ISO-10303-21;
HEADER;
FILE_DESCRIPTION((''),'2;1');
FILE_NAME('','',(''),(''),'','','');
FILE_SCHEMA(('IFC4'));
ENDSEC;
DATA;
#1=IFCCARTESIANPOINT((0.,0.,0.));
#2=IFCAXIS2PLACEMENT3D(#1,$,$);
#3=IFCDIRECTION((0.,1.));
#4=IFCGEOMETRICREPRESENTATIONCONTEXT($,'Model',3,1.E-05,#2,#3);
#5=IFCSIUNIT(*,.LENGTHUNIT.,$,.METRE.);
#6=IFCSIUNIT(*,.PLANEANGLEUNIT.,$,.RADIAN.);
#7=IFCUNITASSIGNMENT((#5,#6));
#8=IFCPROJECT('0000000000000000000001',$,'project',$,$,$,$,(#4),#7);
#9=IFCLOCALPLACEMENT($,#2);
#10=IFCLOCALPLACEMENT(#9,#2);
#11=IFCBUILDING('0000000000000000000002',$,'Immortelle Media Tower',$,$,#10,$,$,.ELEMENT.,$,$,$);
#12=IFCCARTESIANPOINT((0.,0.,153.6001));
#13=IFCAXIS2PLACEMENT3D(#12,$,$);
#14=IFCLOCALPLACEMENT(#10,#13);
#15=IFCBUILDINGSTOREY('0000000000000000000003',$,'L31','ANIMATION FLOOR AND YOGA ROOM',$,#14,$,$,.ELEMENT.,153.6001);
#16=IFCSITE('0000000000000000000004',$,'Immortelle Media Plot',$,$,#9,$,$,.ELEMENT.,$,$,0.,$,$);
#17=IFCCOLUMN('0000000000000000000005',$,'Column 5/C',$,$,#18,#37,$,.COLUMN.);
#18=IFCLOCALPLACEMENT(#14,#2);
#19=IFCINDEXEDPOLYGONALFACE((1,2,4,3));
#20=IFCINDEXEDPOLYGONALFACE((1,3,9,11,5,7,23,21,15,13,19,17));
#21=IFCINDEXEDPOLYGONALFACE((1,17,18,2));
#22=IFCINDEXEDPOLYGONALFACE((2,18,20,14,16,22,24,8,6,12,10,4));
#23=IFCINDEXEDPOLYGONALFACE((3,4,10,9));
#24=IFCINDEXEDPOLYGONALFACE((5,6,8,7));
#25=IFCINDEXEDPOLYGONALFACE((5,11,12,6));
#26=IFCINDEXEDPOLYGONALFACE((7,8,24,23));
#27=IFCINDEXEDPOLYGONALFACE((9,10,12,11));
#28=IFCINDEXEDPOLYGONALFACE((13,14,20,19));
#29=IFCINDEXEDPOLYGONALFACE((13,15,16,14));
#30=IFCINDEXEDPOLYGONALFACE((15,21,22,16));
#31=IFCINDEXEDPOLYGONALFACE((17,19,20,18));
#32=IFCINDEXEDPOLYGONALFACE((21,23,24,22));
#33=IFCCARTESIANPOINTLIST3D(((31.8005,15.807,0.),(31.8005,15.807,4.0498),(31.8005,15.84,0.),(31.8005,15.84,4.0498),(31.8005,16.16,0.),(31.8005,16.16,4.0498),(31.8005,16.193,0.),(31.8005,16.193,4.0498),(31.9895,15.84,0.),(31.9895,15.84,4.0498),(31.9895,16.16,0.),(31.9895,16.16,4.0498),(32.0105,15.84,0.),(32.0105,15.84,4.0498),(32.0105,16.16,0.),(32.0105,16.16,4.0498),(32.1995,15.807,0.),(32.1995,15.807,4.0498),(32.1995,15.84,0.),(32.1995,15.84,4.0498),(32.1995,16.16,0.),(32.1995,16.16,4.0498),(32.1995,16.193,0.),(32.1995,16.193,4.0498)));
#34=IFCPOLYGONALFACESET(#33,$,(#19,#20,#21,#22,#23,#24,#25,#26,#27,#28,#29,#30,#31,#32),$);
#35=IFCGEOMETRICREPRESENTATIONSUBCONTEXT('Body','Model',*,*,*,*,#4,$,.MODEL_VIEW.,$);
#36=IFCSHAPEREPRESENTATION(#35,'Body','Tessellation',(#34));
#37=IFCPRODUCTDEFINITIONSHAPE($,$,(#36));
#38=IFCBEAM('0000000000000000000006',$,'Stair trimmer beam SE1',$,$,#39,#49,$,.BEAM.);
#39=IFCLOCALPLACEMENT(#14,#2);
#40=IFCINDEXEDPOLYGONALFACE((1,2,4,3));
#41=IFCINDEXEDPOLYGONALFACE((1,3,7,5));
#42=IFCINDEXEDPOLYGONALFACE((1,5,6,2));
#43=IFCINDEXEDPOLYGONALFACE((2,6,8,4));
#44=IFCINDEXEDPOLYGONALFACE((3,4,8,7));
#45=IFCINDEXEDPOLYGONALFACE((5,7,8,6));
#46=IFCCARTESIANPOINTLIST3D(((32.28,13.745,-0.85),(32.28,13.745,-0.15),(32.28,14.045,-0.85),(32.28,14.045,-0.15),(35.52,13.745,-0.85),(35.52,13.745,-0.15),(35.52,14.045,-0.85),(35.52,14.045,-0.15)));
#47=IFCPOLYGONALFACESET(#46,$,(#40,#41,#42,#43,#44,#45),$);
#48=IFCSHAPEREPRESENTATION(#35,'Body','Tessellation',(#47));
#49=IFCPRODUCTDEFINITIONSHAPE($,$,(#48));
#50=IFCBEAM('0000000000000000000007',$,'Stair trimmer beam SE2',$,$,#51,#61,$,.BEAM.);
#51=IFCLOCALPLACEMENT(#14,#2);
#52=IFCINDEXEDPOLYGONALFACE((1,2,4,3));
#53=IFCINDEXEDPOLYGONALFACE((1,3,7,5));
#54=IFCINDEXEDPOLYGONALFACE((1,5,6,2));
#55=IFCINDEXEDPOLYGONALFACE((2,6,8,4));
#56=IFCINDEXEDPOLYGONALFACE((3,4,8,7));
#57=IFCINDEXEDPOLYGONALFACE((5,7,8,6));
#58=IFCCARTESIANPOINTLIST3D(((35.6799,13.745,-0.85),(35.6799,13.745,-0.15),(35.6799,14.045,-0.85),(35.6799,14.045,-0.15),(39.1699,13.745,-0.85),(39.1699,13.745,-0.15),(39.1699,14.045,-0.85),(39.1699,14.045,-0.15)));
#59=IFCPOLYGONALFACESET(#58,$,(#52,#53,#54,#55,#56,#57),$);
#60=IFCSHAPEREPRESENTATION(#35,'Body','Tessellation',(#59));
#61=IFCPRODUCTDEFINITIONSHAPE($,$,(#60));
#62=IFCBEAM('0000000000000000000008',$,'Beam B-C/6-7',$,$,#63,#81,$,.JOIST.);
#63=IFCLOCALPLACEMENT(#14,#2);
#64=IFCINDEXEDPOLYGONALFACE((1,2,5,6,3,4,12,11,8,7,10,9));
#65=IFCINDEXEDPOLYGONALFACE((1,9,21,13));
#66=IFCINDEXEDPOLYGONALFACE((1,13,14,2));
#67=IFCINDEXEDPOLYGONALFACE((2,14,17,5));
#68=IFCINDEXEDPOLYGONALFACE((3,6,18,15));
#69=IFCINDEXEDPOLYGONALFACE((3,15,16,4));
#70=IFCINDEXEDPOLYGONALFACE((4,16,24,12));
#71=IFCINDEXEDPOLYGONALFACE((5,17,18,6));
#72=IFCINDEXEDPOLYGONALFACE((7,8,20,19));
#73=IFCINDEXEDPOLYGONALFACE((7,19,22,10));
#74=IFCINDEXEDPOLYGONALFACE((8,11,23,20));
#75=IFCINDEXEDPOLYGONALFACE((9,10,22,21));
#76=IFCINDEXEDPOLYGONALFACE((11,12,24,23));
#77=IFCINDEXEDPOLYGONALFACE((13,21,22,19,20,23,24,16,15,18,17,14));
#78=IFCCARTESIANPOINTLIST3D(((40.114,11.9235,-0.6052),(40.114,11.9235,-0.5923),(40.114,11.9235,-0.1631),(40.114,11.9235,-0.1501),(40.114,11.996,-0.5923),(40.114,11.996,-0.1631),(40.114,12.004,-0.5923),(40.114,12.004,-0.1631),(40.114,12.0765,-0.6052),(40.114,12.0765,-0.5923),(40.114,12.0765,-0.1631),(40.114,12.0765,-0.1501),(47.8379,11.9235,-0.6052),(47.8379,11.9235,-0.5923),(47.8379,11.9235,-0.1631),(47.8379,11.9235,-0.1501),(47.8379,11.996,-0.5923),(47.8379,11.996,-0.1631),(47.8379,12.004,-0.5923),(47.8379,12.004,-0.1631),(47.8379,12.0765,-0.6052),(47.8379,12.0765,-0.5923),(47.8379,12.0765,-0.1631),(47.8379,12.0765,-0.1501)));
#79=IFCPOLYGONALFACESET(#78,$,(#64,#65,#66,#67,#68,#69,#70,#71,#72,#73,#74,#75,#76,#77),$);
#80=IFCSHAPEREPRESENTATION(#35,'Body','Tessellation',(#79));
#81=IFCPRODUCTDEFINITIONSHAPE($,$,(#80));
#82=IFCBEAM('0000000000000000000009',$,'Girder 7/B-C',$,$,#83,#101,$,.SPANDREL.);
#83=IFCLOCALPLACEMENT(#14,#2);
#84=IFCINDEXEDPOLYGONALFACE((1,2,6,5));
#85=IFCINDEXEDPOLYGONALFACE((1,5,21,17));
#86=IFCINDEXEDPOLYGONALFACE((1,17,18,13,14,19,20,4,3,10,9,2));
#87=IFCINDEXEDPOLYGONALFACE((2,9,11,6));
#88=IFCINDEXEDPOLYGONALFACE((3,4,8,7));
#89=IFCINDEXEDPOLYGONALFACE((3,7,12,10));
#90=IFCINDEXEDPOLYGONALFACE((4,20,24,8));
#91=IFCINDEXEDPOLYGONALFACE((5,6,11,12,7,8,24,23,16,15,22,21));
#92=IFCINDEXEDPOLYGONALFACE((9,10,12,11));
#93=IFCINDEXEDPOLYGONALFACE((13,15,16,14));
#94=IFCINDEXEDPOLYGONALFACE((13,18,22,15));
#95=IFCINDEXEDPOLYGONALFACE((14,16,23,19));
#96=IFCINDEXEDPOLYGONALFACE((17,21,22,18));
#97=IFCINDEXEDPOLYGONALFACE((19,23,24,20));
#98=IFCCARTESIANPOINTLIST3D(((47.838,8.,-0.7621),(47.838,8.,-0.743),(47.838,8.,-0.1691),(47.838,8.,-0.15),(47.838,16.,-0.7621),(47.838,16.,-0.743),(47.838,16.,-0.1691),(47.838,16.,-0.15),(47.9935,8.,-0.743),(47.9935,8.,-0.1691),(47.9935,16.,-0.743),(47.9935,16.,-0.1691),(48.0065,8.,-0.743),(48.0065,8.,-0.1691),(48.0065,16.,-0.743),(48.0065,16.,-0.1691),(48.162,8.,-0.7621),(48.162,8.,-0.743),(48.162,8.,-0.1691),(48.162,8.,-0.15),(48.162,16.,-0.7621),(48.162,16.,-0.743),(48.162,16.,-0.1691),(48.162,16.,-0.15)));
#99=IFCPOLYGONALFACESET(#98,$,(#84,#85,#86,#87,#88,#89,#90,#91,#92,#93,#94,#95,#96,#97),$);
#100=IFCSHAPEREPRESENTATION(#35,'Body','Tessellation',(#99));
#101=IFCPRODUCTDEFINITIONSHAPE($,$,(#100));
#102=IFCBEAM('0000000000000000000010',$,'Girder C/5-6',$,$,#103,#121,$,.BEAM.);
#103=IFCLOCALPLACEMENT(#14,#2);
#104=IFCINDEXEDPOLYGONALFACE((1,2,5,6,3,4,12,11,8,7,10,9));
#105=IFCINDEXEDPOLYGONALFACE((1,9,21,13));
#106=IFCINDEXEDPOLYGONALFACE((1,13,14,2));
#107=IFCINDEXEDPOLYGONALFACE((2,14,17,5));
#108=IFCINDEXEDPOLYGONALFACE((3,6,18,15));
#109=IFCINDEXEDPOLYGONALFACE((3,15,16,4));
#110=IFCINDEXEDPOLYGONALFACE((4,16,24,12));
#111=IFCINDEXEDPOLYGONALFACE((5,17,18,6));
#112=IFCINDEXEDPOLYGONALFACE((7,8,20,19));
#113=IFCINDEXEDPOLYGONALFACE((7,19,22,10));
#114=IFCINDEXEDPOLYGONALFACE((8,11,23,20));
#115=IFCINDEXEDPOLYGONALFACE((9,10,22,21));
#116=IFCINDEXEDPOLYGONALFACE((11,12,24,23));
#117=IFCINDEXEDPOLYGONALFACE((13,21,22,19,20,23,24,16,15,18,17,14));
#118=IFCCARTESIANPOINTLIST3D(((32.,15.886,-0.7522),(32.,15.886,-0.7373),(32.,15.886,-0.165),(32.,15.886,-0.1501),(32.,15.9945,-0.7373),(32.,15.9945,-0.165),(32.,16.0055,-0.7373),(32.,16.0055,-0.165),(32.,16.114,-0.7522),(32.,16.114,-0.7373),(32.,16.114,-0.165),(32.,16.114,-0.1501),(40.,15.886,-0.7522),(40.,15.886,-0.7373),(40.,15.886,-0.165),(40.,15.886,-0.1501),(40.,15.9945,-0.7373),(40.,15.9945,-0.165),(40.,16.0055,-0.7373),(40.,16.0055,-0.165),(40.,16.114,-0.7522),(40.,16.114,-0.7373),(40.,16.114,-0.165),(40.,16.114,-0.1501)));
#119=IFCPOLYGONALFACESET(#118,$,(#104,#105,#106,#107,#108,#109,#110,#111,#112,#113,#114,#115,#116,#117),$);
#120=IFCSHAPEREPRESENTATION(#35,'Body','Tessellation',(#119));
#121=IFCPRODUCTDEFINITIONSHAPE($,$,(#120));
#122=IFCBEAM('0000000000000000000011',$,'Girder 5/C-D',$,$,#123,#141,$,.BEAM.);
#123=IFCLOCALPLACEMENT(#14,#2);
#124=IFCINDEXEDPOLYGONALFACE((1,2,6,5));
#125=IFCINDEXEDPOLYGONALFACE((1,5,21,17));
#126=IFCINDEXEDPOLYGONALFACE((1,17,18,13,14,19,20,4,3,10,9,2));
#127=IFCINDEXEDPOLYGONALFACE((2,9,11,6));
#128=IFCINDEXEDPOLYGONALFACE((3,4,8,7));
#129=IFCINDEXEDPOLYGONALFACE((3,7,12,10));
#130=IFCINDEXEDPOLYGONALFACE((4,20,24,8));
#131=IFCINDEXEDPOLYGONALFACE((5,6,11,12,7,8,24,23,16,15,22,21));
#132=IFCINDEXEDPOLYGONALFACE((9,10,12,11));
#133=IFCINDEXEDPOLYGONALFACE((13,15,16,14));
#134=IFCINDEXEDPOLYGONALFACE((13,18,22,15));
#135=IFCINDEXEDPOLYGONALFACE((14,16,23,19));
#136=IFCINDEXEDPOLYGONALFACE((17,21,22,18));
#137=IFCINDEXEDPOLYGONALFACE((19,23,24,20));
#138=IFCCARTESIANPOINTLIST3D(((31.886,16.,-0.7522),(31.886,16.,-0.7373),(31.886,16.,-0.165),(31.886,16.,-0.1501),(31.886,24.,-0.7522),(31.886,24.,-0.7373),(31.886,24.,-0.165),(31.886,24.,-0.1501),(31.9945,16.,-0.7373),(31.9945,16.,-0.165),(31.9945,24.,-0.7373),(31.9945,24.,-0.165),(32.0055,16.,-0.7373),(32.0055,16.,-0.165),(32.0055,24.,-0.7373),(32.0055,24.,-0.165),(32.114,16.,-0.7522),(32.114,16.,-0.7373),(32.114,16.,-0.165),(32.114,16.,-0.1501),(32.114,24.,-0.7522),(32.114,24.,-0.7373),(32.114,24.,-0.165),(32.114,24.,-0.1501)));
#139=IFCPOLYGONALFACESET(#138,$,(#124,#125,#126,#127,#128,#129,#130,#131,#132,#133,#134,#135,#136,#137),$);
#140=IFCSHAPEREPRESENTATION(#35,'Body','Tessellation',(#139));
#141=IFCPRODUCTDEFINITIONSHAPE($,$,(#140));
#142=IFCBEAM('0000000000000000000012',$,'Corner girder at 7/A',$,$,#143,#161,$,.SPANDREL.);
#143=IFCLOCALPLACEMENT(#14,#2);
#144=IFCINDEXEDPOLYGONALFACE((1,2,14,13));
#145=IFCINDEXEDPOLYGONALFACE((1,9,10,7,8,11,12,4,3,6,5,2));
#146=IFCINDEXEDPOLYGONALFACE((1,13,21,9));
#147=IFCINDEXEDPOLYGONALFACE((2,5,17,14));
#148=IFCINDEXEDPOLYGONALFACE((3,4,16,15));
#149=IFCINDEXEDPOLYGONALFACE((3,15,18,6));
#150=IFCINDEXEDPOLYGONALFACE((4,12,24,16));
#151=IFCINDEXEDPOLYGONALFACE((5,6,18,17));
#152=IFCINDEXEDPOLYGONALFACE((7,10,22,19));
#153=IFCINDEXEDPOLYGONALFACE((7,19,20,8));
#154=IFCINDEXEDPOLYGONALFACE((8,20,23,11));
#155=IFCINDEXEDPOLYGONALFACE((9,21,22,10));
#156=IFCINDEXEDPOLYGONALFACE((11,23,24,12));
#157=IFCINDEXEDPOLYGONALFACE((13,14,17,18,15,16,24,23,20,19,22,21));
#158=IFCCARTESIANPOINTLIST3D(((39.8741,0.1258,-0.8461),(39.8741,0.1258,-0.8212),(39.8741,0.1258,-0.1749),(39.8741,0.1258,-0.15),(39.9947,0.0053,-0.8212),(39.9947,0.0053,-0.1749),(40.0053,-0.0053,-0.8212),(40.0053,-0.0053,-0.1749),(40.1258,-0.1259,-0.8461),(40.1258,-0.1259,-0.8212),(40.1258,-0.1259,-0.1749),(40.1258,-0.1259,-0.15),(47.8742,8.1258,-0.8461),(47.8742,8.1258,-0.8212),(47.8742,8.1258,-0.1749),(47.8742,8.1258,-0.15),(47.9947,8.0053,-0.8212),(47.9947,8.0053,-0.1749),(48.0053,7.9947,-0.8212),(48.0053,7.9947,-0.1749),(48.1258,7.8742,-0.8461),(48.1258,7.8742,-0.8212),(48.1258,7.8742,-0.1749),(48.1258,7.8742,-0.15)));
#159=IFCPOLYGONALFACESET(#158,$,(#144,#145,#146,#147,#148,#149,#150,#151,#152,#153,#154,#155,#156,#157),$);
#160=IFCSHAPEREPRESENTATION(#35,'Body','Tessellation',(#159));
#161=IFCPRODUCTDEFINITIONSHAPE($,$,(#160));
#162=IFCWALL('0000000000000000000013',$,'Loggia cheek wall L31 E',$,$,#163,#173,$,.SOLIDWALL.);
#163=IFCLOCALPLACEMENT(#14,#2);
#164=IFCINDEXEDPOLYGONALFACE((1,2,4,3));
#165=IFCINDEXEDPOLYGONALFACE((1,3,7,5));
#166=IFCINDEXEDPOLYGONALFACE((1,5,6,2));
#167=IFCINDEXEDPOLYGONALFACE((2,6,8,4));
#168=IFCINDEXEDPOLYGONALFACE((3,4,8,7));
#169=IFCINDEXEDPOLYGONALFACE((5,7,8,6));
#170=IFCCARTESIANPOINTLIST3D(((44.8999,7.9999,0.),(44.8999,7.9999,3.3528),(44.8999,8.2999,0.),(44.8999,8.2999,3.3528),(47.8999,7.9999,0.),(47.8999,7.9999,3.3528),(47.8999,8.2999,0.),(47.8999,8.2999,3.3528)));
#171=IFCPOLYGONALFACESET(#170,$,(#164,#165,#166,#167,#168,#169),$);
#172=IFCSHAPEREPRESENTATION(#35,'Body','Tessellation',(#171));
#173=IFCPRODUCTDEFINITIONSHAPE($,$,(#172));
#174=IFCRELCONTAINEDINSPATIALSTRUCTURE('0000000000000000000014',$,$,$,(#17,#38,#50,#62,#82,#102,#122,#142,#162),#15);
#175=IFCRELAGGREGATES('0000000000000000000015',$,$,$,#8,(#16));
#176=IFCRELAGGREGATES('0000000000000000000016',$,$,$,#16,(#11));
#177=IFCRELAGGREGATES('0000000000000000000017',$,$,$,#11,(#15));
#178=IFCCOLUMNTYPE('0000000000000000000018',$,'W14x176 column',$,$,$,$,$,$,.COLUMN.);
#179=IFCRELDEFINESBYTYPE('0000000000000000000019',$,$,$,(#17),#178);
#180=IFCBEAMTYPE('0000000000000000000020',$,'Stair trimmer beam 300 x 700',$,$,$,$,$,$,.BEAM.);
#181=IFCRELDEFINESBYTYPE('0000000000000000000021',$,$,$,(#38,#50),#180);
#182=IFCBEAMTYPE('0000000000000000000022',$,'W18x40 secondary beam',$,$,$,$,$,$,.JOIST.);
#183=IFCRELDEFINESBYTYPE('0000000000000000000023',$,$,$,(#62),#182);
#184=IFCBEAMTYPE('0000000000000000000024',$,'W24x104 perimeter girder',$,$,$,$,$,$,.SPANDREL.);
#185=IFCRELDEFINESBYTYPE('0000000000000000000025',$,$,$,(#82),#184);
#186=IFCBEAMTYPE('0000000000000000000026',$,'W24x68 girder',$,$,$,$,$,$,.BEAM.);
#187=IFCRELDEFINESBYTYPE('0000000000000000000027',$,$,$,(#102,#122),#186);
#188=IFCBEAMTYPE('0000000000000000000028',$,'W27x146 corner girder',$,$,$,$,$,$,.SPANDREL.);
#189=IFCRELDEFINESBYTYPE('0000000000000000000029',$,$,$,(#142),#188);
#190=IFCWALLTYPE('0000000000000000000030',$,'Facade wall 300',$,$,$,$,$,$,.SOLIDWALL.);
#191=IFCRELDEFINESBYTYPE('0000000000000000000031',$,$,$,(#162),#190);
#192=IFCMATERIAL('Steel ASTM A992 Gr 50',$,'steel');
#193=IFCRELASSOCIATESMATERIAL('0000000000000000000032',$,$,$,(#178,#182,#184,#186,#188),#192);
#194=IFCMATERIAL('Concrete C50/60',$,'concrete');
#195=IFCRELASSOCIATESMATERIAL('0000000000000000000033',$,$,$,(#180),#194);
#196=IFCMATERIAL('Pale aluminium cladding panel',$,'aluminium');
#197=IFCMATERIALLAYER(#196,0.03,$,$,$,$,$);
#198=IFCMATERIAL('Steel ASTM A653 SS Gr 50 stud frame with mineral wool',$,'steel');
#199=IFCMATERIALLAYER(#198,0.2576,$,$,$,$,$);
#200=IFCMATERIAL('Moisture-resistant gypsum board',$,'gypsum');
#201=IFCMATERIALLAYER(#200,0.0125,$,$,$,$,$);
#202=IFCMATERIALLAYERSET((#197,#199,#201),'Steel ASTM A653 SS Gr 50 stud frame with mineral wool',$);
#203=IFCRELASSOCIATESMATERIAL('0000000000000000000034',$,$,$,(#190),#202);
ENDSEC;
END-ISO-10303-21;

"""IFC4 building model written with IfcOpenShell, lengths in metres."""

from ifc_helpers import new_model, si_unit, direction, frame, frame_2d, origin, origin_2d, place, context, subcontext, project, spatial, rectangle, i_section, extrude, material, layer, layer_set, material_profile, profile_set, type_object, element, save


model = new_model("IFC4")

# Units and contexts
model_context = context("Model", 3, precision=1e-05, world=origin(), true_north=direction((0.0, 1.0)))
body_context = subcontext(model_context, "Body", "Model", "MODEL_VIEW")
ifc_project = project(units=[si_unit("LENGTHUNIT", "METRE"), si_unit("PLANEANGLEUNIT", "RADIAN")], contexts=[model_context])

# Site, building, storey
site_placement = place(None, origin())
site = spatial("IfcSite", under=ifc_project, at=site_placement, Name="Immortelle Media Plot", CompositionType="ELEMENT", RefElevation=0.0)
building_placement = place(site_placement, origin())
building = spatial("IfcBuilding", under=site, at=building_placement, Name="Immortelle Media Tower", CompositionType="ELEMENT")
storey_placement = place(building_placement, frame((0.0, 0.0, 153.6001)))
storey = spatial("IfcBuildingStorey", under=building, at=storey_placement, Name="L31", Description="ANIMATION FLOOR AND YOGA ROOM", CompositionType="ELEMENT", Elevation=153.6001)

# Column
ifc_material_1 = material(Name="Steel ASTM A992 Gr 50", Category="steel")
ifc_material_profile_1 = material_profile(ifc_material_1, i_section(OverallWidth=0.3989, OverallDepth=0.386, WebThickness=0.021, FlangeThickness=0.033, at=origin_2d()), Name="W14x176")
ifc_profile_set_1 = profile_set([ifc_material_profile_1], Name="Steel ASTM A992 Gr 50")
column_type = type_object("IfcColumnType", Name="W14x176 column", PredefinedType="COLUMN", material=ifc_profile_set_1)
column_placement = place(storey_placement, frame((32.0, 16.0, 0.0), z_axis=(0.0, 0.0, 1.0), x_axis=(1.0, 0.0, 0.0)))
element("IfcColumn", 1, at=column_placement, inside=storey, type_object=column_type, Name="Column 5/C", PredefinedType="COLUMN", context=body_context, shape_type="SweptSolid", body=[
    extrude(i_section(OverallWidth=0.3989, OverallDepth=0.386, WebThickness=0.021, FlangeThickness=0.033, at=origin_2d()), origin(), (0.0, 0.0, 1.0), 4.0498),
])

# Beams
ifc_material_2 = material(Name="Concrete C50/60", Category="concrete")
ifc_material_profile_2 = material_profile(ifc_material_2, rectangle(XDim=0.3, YDim=0.7, at=origin_2d()), Name="RC 300x700")
ifc_profile_set_2 = profile_set([ifc_material_profile_2], Name="Concrete C50/60")
beam_type_1 = type_object("IfcBeamType", Name="Stair trimmer beam 300 x 700", PredefinedType="BEAM", material=ifc_profile_set_2)
beam_1_placement = place(storey_placement, frame((32.28, 13.895, -0.5), z_axis=(1.0, 0.0, 0.0), x_axis=(0.0, 1.0, 0.0)))
element("IfcBeam", 2, at=beam_1_placement, inside=storey, type_object=beam_type_1, Name="Stair trimmer beam SE1", PredefinedType="BEAM", context=body_context, shape_type="SweptSolid", body=[
    extrude(rectangle(XDim=0.3, YDim=0.7, at=origin_2d()), origin(), (0.0, 0.0, 1.0), 3.24),
])
beam_2_placement = place(storey_placement, frame((35.6799, 13.895, -0.5), z_axis=(1.0, 0.0, 0.0), x_axis=(0.0, 1.0, 0.0)))
element("IfcBeam", 3, at=beam_2_placement, inside=storey, type_object=beam_type_1, Name="Stair trimmer beam SE2", PredefinedType="BEAM", context=body_context, shape_type="SweptSolid", body=[
    extrude(rectangle(XDim=0.3, YDim=0.7, at=origin_2d()), origin(), (0.0, 0.0, 1.0), 3.49),
])
ifc_material_profile_3 = material_profile(ifc_material_1, i_section(OverallWidth=0.1531, OverallDepth=0.4551, WebThickness=0.0081, FlangeThickness=0.0129, at=origin_2d()), Name="W18x40")
ifc_profile_set_3 = profile_set([ifc_material_profile_3], Name="Steel ASTM A992 Gr 50")
beam_type_2 = type_object("IfcBeamType", Name="W18x40 secondary beam", PredefinedType="JOIST", material=ifc_profile_set_3)
beam_3_placement = place(storey_placement, frame((40.114, 12.0, -0.3777), z_axis=(1.0, 0.0, 0.0), x_axis=(0.0, 1.0, 0.0)))
element("IfcBeam", 4, at=beam_3_placement, inside=storey, type_object=beam_type_2, Name="Beam B-C/6-7", PredefinedType="JOIST", context=body_context, shape_type="SweptSolid", body=[
    extrude(i_section(OverallWidth=0.1531, OverallDepth=0.4551, WebThickness=0.0081, FlangeThickness=0.0129, at=origin_2d()), origin(), (0.0, 0.0, 1.0), 7.7239),
])
ifc_material_profile_4 = material_profile(ifc_material_1, i_section(OverallWidth=0.324, OverallDepth=0.6121, WebThickness=0.0129, FlangeThickness=0.019, at=origin_2d()), Name="W24x104")
ifc_profile_set_4 = profile_set([ifc_material_profile_4], Name="Steel ASTM A992 Gr 50")
beam_type_3 = type_object("IfcBeamType", Name="W24x104 perimeter girder", PredefinedType="SPANDREL", material=ifc_profile_set_4)
beam_4_placement = place(storey_placement, frame((48.0, 8.0, -0.4561), z_axis=(0.0, 1.0, 0.0), x_axis=(-1.0, 0.0, 0.0)))
element("IfcBeam", 5, at=beam_4_placement, inside=storey, type_object=beam_type_3, Name="Girder 7/B-C", PredefinedType="SPANDREL", context=body_context, shape_type="SweptSolid", body=[
    extrude(i_section(OverallWidth=0.324, OverallDepth=0.6121, WebThickness=0.0129, FlangeThickness=0.019, at=origin_2d()), origin(), (0.0, 0.0, 1.0), 8.0),
])
ifc_material_profile_5 = material_profile(ifc_material_1, i_section(OverallWidth=0.228, OverallDepth=0.6021, WebThickness=0.011, FlangeThickness=0.0149, at=origin_2d()), Name="W24x68")
ifc_profile_set_5 = profile_set([ifc_material_profile_5], Name="Steel ASTM A992 Gr 50")
beam_type_4 = type_object("IfcBeamType", Name="W24x68 girder", PredefinedType="BEAM", material=ifc_profile_set_5)
for number, where, z_axis, x_axis, name in (
    (6, (32.0, 16.0, -0.4512), (1.0, 0.0, 0.0), (0.0, 1.0, 0.0), "Girder C/5-6"),
    (7, (32.0, 16.0, -0.4512), (0.0, 1.0, 0.0), (-1.0, 0.0, 0.0), "Girder 5/C-D"),
):
    element("IfcBeam", number, at=place(storey_placement, frame(where, z_axis=z_axis, x_axis=x_axis)), inside=storey, type_object=beam_type_4, Name=name, PredefinedType="BEAM", context=body_context, shape_type="SweptSolid", body=[
        extrude(i_section(OverallWidth=0.228, OverallDepth=0.6021, WebThickness=0.011, FlangeThickness=0.0149, at=origin_2d()), origin(), (0.0, 0.0, 1.0), 8.0),
    ])
ifc_material_profile_6 = material_profile(ifc_material_1, i_section(OverallWidth=0.356, OverallDepth=0.696, WebThickness=0.0149, FlangeThickness=0.0249, at=origin_2d()), Name="W27x146")
ifc_profile_set_6 = profile_set([ifc_material_profile_6], Name="Steel ASTM A992 Gr 50")
beam_type_5 = type_object("IfcBeamType", Name="W27x146 corner girder", PredefinedType="SPANDREL", material=ifc_profile_set_6)
beam_5_placement = place(storey_placement, frame((48.0, 8.0, -0.498), z_axis=(-0.707107, -0.707107, 0.0), x_axis=(0.707107, -0.707107, 0.0)))
element("IfcBeam", 8, at=beam_5_placement, inside=storey, type_object=beam_type_5, Name="Corner girder at 7/A", PredefinedType="SPANDREL", context=body_context, shape_type="SweptSolid", body=[
    extrude(i_section(OverallWidth=0.356, OverallDepth=0.696, WebThickness=0.0149, FlangeThickness=0.0249, at=origin_2d()), origin(), (0.0, 0.0, 1.0), 11.3137),
])

# Shared definitions
ifc_material_3 = material(Name="Pale aluminium cladding panel", Category="aluminium")
ifc_layer_1 = layer(ifc_material_3, 0.03)
ifc_material_4 = material(Name="Steel ASTM A653 SS Gr 50 stud frame with mineral wool", Category="steel")
ifc_layer_2 = layer(ifc_material_4, 0.2576)
ifc_material_5 = material(Name="Moisture-resistant gypsum board", Category="gypsum")
ifc_layer_3 = layer(ifc_material_5, 0.0125)
ifc_layer_set_1 = layer_set([ifc_layer_1, ifc_layer_2, ifc_layer_3], Name="Steel ASTM A653 SS Gr 50 stud frame with mineral wool")
wall_type_1 = type_object("IfcWallType", Name="Facade wall 300", PredefinedType="SOLIDWALL", material=ifc_layer_set_1)

# Wall
for number, where, z_axis, x_axis, name in (
    (9, (47.8999, 8.1499, 0.0), (0.0, 0.0, 1.0), (-1.0, 0.0, 0.0), "Loggia cheek wall L31 E"),
):
    element("IfcWall", number, at=place(storey_placement, frame(where, z_axis=z_axis, x_axis=x_axis)), inside=storey, type_object=wall_type_1, Name=name, PredefinedType="SOLIDWALL", context=body_context, shape_type="SweptSolid", body=[
        extrude(rectangle(XDim=3.0, YDim=0.3, at=frame_2d((1.5, 0.0))), origin(), (0.0, 0.0, 1.0), 3.3528),
    ])

save(model, "model.ifc")
